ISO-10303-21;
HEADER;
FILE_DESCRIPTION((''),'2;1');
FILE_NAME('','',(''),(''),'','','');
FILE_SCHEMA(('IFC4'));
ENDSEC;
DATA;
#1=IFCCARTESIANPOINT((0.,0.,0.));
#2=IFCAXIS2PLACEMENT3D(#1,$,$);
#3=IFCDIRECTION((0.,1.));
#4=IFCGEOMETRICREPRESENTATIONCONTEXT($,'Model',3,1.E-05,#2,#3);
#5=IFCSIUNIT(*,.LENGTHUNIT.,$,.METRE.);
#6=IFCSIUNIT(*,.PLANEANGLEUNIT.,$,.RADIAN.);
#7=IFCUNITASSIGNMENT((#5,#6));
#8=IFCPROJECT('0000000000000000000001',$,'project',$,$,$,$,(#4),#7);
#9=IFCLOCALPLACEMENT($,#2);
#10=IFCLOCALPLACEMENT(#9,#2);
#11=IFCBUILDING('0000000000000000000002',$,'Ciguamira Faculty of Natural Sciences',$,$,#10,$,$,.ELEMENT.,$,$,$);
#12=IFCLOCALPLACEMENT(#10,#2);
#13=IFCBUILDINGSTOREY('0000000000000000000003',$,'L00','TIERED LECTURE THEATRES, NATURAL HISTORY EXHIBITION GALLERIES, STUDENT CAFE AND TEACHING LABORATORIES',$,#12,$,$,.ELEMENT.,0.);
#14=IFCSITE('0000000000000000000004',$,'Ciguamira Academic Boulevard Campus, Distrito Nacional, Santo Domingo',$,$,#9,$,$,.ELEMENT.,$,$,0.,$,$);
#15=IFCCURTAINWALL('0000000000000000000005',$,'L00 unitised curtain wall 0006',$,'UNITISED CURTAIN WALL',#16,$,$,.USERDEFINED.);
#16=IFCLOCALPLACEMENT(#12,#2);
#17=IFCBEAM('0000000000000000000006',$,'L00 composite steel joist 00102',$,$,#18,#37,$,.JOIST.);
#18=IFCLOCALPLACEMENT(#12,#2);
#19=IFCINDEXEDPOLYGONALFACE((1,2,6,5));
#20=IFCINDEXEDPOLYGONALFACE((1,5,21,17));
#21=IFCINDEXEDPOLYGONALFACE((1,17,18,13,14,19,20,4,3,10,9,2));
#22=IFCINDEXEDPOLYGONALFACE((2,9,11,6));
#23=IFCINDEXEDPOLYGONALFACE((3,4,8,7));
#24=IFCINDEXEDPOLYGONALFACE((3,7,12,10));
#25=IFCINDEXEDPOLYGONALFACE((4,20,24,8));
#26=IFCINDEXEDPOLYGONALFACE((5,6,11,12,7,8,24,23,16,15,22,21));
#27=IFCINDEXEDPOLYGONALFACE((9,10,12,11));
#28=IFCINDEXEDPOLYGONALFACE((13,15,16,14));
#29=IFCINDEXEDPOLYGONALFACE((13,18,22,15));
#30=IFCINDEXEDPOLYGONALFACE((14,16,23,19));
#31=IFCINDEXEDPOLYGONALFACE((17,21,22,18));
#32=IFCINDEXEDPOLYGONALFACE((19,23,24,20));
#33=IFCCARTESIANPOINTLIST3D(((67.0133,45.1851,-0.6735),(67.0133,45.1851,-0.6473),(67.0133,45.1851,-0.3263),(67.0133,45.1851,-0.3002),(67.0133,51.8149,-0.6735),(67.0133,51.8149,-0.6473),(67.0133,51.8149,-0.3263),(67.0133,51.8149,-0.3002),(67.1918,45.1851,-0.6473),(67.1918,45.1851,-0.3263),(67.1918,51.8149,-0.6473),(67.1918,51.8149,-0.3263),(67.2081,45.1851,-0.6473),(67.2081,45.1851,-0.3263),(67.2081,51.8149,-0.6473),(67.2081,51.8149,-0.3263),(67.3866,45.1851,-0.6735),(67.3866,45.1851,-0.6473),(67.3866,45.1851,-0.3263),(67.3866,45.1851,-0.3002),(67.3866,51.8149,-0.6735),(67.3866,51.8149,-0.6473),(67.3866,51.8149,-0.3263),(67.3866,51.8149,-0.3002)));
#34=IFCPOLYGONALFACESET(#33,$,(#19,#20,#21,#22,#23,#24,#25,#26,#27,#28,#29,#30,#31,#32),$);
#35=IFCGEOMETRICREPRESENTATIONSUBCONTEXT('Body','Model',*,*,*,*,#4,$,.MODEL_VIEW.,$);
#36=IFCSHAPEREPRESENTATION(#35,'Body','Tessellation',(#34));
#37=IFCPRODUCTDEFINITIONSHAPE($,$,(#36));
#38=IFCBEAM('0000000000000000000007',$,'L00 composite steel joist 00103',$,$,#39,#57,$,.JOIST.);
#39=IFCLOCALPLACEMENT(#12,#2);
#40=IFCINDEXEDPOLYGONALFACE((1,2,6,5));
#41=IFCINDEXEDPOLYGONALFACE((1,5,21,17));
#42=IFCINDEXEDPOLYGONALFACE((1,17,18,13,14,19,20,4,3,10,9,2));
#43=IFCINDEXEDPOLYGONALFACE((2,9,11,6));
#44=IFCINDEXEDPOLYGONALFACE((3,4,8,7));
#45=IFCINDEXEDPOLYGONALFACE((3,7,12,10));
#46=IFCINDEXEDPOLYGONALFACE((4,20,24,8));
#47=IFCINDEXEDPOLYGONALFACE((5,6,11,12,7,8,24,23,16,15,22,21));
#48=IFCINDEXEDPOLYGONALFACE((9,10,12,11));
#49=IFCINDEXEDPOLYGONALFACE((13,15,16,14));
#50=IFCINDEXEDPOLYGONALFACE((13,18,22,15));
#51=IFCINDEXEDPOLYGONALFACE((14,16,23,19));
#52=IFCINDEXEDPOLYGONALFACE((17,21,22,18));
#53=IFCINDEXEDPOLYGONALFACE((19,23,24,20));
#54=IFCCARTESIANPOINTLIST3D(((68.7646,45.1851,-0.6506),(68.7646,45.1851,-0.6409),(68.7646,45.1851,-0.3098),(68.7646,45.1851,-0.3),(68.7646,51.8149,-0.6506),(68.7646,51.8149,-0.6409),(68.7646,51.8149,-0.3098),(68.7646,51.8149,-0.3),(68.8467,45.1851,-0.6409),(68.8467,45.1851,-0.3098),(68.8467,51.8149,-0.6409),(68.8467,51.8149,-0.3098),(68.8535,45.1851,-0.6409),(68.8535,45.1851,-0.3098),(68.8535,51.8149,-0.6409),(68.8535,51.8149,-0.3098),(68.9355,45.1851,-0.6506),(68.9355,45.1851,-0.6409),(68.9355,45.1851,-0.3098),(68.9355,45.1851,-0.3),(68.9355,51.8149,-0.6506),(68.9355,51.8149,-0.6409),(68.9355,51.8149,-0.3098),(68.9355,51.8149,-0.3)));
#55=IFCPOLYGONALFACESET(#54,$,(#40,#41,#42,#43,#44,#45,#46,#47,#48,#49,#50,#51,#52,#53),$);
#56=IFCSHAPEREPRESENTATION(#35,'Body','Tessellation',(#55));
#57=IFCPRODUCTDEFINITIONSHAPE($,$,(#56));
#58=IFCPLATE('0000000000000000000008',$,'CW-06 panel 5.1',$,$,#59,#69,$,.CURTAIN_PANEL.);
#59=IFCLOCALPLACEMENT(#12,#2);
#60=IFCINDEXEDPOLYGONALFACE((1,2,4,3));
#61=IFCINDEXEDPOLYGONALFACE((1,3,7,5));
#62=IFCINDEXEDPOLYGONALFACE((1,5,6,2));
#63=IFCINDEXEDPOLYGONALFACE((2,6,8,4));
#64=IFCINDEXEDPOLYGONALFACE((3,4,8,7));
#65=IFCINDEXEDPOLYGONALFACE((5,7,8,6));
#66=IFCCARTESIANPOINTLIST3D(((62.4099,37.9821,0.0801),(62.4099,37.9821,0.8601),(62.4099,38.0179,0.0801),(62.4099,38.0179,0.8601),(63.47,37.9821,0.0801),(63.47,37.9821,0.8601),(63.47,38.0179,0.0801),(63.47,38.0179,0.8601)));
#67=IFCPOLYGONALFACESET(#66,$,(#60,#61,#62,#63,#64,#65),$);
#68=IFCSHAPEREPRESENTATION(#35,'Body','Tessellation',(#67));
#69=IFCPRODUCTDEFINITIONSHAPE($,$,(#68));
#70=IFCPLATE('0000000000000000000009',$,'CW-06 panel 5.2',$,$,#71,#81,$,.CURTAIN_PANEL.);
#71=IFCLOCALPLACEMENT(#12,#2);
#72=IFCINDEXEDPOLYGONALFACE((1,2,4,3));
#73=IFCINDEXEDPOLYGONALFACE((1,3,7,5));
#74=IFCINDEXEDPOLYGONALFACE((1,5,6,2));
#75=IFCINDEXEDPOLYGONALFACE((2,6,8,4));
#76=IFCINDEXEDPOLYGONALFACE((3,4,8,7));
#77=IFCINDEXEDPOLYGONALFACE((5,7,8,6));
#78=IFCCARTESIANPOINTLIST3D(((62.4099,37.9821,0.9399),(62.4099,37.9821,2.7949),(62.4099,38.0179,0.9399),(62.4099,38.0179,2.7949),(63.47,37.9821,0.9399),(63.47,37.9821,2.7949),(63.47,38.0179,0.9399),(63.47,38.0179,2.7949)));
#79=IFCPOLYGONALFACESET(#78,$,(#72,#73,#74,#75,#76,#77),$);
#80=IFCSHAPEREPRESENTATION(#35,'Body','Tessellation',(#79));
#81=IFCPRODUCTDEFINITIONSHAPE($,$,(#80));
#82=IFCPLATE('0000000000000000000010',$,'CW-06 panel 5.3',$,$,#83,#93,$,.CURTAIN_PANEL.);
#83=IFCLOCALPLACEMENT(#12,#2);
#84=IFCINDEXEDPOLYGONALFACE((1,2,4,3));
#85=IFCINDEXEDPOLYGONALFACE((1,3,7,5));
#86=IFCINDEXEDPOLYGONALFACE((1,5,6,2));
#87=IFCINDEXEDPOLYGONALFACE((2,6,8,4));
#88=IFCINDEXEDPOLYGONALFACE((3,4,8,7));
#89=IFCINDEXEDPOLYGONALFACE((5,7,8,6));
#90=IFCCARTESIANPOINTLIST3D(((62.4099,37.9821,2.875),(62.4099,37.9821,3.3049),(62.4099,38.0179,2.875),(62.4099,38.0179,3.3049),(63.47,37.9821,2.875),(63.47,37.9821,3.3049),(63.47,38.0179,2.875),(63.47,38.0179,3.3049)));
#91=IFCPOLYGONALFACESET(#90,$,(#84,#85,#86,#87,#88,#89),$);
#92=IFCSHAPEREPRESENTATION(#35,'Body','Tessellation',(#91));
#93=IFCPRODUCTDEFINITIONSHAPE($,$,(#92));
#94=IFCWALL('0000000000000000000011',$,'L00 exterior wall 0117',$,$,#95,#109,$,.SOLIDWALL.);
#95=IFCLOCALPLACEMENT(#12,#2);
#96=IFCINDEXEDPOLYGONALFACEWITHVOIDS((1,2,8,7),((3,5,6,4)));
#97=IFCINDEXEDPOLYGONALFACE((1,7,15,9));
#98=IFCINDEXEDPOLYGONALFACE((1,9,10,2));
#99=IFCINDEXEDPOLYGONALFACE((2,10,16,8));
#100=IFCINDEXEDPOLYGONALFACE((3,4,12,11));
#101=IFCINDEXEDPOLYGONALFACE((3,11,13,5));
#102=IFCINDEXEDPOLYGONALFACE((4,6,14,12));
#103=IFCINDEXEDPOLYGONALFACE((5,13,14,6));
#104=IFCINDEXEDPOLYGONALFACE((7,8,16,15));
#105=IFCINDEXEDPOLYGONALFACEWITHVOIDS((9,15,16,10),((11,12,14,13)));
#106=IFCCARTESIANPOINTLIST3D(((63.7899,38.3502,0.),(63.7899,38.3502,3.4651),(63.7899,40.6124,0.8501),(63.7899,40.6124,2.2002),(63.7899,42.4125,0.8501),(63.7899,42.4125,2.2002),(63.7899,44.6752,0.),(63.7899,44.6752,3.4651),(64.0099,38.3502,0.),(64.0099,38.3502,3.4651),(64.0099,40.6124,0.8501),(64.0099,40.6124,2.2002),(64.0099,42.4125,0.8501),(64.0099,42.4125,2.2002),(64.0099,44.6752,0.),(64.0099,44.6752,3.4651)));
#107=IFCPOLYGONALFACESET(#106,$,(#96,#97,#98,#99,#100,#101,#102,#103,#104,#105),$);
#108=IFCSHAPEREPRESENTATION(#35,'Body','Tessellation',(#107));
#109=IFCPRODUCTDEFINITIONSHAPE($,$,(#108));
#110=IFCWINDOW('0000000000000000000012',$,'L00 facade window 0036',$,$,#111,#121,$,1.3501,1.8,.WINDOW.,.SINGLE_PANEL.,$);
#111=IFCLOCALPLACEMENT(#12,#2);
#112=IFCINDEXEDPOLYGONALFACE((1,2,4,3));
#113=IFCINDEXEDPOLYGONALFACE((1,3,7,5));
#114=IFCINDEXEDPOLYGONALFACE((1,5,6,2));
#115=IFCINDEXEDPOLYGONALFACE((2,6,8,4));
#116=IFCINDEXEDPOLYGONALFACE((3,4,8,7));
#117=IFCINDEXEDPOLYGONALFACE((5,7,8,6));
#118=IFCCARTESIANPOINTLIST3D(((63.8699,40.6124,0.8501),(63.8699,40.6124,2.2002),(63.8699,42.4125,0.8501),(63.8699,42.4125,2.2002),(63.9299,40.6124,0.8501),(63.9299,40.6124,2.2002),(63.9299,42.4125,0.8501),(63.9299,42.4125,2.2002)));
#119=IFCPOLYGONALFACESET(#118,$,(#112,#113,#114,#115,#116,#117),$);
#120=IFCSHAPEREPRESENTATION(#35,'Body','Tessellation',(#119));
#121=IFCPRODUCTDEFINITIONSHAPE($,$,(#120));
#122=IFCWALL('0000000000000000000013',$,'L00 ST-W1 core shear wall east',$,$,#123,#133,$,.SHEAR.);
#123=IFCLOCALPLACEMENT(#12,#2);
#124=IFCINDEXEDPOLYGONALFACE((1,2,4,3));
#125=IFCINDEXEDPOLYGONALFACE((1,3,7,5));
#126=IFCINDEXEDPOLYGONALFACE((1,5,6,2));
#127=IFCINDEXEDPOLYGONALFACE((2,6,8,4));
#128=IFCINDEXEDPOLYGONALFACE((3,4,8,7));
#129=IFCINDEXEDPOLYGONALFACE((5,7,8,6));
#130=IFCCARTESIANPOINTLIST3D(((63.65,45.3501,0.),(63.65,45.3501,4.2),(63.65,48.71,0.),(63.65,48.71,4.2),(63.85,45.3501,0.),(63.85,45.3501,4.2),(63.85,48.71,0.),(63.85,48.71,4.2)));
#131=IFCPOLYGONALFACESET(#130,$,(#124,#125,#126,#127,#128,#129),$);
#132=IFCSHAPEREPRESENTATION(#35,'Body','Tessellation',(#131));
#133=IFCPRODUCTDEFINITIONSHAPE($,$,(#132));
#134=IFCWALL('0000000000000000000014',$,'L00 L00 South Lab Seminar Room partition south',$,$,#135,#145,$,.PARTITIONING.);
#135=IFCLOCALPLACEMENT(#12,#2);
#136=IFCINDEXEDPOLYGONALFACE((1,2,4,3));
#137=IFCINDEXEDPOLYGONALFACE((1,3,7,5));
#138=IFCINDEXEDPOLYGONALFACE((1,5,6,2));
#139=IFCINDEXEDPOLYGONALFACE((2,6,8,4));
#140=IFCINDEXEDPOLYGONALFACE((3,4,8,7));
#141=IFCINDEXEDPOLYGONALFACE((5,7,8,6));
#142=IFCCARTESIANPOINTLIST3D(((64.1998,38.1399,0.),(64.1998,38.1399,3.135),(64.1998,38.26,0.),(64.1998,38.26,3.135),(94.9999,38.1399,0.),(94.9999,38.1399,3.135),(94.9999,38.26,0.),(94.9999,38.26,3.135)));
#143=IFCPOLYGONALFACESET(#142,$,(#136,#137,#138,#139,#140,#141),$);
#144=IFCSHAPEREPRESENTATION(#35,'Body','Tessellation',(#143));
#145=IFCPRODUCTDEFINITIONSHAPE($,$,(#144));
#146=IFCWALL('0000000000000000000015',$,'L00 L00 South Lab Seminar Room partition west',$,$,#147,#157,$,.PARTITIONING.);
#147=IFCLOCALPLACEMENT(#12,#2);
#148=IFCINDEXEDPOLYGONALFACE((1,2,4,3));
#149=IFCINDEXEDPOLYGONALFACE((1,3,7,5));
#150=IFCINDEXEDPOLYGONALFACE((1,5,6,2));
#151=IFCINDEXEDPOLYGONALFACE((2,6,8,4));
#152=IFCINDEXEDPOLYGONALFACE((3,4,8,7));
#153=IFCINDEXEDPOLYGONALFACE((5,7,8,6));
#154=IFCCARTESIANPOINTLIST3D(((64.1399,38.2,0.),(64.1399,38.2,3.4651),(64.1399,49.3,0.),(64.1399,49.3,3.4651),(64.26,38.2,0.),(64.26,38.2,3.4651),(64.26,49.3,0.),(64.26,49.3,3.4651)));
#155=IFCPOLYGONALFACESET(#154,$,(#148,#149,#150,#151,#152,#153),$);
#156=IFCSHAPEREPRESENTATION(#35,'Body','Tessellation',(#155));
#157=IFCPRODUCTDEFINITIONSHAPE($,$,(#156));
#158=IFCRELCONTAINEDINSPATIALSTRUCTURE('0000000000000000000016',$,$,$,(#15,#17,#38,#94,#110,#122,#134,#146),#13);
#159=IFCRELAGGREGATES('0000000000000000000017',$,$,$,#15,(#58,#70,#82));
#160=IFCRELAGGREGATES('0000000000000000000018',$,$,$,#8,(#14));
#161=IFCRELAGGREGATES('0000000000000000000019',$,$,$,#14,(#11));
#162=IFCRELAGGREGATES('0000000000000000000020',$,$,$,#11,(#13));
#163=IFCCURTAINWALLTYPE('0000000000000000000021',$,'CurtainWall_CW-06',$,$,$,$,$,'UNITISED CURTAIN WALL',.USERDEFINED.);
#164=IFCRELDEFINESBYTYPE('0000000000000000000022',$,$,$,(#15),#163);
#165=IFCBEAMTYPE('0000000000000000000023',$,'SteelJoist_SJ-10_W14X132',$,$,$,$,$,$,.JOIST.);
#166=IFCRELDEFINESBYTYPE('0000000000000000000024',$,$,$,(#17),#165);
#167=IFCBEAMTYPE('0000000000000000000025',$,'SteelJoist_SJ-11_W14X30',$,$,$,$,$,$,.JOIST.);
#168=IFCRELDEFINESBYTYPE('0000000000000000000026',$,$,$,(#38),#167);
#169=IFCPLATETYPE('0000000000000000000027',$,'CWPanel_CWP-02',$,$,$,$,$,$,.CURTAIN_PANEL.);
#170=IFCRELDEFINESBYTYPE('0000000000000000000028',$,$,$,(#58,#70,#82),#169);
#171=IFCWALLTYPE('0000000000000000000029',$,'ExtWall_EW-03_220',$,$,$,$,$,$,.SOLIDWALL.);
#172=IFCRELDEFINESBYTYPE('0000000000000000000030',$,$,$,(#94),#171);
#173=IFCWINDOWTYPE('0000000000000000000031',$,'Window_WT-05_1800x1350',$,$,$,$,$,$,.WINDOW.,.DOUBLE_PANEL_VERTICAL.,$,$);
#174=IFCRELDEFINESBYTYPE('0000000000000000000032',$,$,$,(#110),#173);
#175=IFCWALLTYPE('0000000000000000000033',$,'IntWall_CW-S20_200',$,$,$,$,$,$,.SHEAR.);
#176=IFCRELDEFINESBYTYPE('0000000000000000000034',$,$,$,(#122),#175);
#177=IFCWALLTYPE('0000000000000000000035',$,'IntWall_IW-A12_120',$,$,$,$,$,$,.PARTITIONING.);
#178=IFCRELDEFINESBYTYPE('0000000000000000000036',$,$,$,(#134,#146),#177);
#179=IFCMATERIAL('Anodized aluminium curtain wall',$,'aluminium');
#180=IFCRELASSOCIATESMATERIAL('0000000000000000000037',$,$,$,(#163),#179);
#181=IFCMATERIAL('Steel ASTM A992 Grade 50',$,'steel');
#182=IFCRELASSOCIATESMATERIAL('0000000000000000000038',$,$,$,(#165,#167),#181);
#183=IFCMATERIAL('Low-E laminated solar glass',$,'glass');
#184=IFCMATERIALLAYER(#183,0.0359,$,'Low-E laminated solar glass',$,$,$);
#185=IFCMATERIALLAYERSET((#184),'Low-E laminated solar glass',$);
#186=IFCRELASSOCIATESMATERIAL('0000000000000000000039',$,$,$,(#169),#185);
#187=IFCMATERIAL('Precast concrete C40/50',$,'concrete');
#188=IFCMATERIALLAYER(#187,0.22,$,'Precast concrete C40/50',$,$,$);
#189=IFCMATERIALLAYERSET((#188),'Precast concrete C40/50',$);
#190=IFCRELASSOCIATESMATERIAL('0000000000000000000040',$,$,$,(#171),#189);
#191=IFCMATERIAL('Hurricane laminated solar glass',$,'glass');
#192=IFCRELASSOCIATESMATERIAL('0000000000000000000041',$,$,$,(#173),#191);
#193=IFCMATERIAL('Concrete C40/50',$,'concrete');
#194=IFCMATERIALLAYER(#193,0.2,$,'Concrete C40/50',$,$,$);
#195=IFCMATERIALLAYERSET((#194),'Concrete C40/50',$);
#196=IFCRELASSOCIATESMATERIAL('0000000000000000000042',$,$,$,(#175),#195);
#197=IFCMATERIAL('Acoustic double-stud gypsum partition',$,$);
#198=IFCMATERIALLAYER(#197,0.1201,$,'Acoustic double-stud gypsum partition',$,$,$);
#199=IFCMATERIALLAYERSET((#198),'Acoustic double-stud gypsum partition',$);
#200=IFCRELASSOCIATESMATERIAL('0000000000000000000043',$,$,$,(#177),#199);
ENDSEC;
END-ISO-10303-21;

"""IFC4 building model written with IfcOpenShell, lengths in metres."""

from ifc_helpers import new_model, si_unit, direction, frame, frame_2d, origin, origin_2d, place, context, subcontext, project, spatial, rectangle, i_section, extrude, material, layer, layer_set, material_profile, profile_set, type_object, element, fill, aggregate, save


model = new_model("IFC4")

# Units and contexts
model_context = context("Model", 3, precision=1e-05, world=origin(), true_north=direction((0.0, 1.0)))
body_context = subcontext(model_context, "Body", "Model", "MODEL_VIEW")
ifc_project = project(units=[si_unit("LENGTHUNIT", "METRE"), si_unit("PLANEANGLEUNIT", "RADIAN")], contexts=[model_context])

# Site, building, storey
site_placement = place(None, origin())
site = spatial("IfcSite", under=ifc_project, at=site_placement, Name="Ciguamira Academic Boulevard Campus, Distrito Nacional, Santo Domingo", CompositionType="ELEMENT", RefElevation=0.0)
building_placement = place(site_placement, origin())
building = spatial("IfcBuilding", under=site, at=building_placement, Name="Ciguamira Faculty of Natural Sciences", CompositionType="ELEMENT")
storey_placement = place(building_placement, origin())
storey = spatial("IfcBuildingStorey", under=building, at=storey_placement, Name="L00", Description="TIERED LECTURE THEATRES, NATURAL HISTORY EXHIBITION GALLERIES, STUDENT CAFE AND TEACHING LABORATORIES", CompositionType="ELEMENT", Elevation=0.0)

# Shared definitions
ifc_material_1 = material(Name="Concrete C40/50", Category="concrete")

# Curtain wall
ifc_material_2 = material(Name="Anodized aluminium curtain wall", Category="aluminium")
curtain_wall_type = type_object("IfcCurtainWallType", Name="CurtainWall_CW-06", ElementType="UNITISED CURTAIN WALL", PredefinedType="USERDEFINED", material=ifc_material_2)
curtain_wall_placement = place(storey_placement, origin())
curtain_wall = element("IfcCurtainWall", 1, at=curtain_wall_placement, inside=storey, type_object=curtain_wall_type, Name="L00 unitised curtain wall 0006", ObjectType="UNITISED CURTAIN WALL", PredefinedType="USERDEFINED")

# Beams
ifc_material_3 = material(Name="Precast concrete C40/50", Category="concrete")
ifc_material_4 = material(Name="Steel ASTM A992 Grade 50", Category="steel")
ifc_material_profile_1 = material_profile(ifc_material_4, i_section(OverallWidth=0.3733, OverallDepth=0.3733, WebThickness=0.0164, FlangeThickness=0.0261, at=origin_2d()), Name="W14X132")
ifc_profile_set_1 = profile_set([ifc_material_profile_1], Name="Steel ASTM A992 Grade 50")
beam_type_1 = type_object("IfcBeamType", Name="SteelJoist_SJ-10_W14X132", PredefinedType="JOIST", material=ifc_profile_set_1)
beam_1_placement = place(storey_placement, frame((67.2, 45.1851, -0.4868), z_axis=(0.0, 1.0, 0.0), x_axis=(-1.0, 0.0, 0.0)))
element("IfcBeam", 2, at=beam_1_placement, inside=storey, type_object=beam_type_1, Name="L00 composite steel joist 00102", PredefinedType="JOIST", context=body_context, shape_type="SweptSolid", body=[
    extrude(i_section(OverallWidth=0.3733, OverallDepth=0.3733, WebThickness=0.0164, FlangeThickness=0.0261, at=origin_2d()), origin(), (0.0, 0.0, 1.0), 6.6299),
])
ifc_material_profile_2 = material_profile(ifc_material_4, i_section(OverallWidth=0.1709, OverallDepth=0.3506, WebThickness=0.0068, FlangeThickness=0.0098, at=origin_2d()), Name="W14X30")
ifc_profile_set_2 = profile_set([ifc_material_profile_2], Name="Steel ASTM A992 Grade 50")
beam_type_2 = type_object("IfcBeamType", Name="SteelJoist_SJ-11_W14X30", PredefinedType="JOIST", material=ifc_profile_set_2)
beam_2_placement = place(storey_placement, frame((68.8501, 45.1851, -0.4753), z_axis=(0.0, 1.0, 0.0), x_axis=(-1.0, 0.0, 0.0)))
element("IfcBeam", 3, at=beam_2_placement, inside=storey, type_object=beam_type_2, Name="L00 composite steel joist 00103", PredefinedType="JOIST", context=body_context, shape_type="SweptSolid", body=[
    extrude(i_section(OverallWidth=0.1709, OverallDepth=0.3506, WebThickness=0.0068, FlangeThickness=0.0098, at=origin_2d()), origin(), (0.0, 0.0, 1.0), 6.6299),
])

# Plates
ifc_material_5 = material(Name="Low-E laminated solar glass", Category="glass")
ifc_layer_1 = layer(ifc_material_5, 0.0359, Name="Low-E laminated solar glass")
ifc_layer_set_1 = layer_set([ifc_layer_1], Name="Low-E laminated solar glass")
plate_type = type_object("IfcPlateType", Name="CWPanel_CWP-02", PredefinedType="CURTAIN_PANEL", material=ifc_layer_set_1)
plate_1_placement = place(storey_placement, frame((62.9399, 38.0, 0.0801), z_axis=(0.0, 0.0, 1.0), x_axis=(1.0, 0.0, 0.0)))
plate_1 = element("IfcPlate", 4, at=plate_1_placement, type_object=plate_type, Name="CW-06 panel 5.1", PredefinedType="CURTAIN_PANEL", context=body_context, shape_type="SweptSolid", body=[
    extrude(rectangle(XDim=1.0601, YDim=0.0359, at=origin_2d()), origin(), (0.0, 0.0, 1.0), 0.78),
])
plate_2_placement = place(storey_placement, frame((62.9399, 38.0, 0.9399), z_axis=(0.0, 0.0, 1.0), x_axis=(1.0, 0.0, 0.0)))
plate_2 = element("IfcPlate", 5, at=plate_2_placement, type_object=plate_type, Name="CW-06 panel 5.2", PredefinedType="CURTAIN_PANEL", context=body_context, shape_type="SweptSolid", body=[
    extrude(rectangle(XDim=1.0601, YDim=0.0359, at=origin_2d()), origin(), (0.0, 0.0, 1.0), 1.855),
])
plate_3_placement = place(storey_placement, frame((62.9399, 38.0, 2.875), z_axis=(0.0, 0.0, 1.0), x_axis=(1.0, 0.0, 0.0)))
plate_3 = element("IfcPlate", 6, at=plate_3_placement, type_object=plate_type, Name="CW-06 panel 5.3", PredefinedType="CURTAIN_PANEL", context=body_context, shape_type="SweptSolid", body=[
    extrude(rectangle(XDim=1.0601, YDim=0.0359, at=origin_2d()), origin(), (0.0, 0.0, 1.0), 0.4299),
])
aggregate(curtain_wall, [plate_1, plate_2, plate_3])

# Wall, opening, window
ifc_layer_2 = layer(ifc_material_3, 0.22, Name="Precast concrete C40/50")
ifc_layer_set_2 = layer_set([ifc_layer_2], Name="Precast concrete C40/50")
wall_type_1 = type_object("IfcWallType", Name="ExtWall_EW-03_220", PredefinedType="SOLIDWALL", material=ifc_layer_set_2)
wall_1_placement = place(storey_placement, frame((63.8999, 38.3501, 0.0), z_axis=(0.0, 0.0, 1.0), x_axis=(0.0, 1.0, 0.0)))
wall_1 = element("IfcWall", 7, at=wall_1_placement, inside=storey, type_object=wall_type_1, Name="L00 exterior wall 0117", PredefinedType="SOLIDWALL", context=body_context, shape_type="SweptSolid", body=[
    extrude(rectangle(XDim=6.325, YDim=0.22, at=frame_2d((3.1626, 0.0))), origin(), (0.0, 0.0, 1.0), 3.4651),
])
opening_placement = place(wall_1_placement, frame((2.2625, 0.0, 0.8501)))
opening = element("IfcOpeningElement", 8, at=opening_placement, cuts=wall_1, PredefinedType="OPENING", context=body_context, shape_type="SweptSolid", body=[
    extrude(rectangle(XDim=1.8, YDim=1.3501, at=frame_2d((0.8999, 0.675))), frame((0.0, 0.1199, 0.0), z_axis=(0.0, -1.0, 0.0), x_axis=(1.0, 0.0, 0.0)), (0.0, 0.0, 1.0), 0.24),
])
ifc_material_6 = material(Name="Hurricane laminated solar glass", Category="glass")
window_type = type_object("IfcWindowType", Name="Window_WT-05_1800x1350", PartitioningType="DOUBLE_PANEL_VERTICAL", PredefinedType="WINDOW", material=ifc_material_6)
window_placement = place(opening_placement, origin())
window = element("IfcWindow", 9, at=window_placement, inside=storey, type_object=window_type, Name="L00 facade window 0036", OverallHeight=1.3501, OverallWidth=1.8, PartitioningType="SINGLE_PANEL", PredefinedType="WINDOW", context=body_context, shape_type="SweptSolid", body=[
    extrude(rectangle(XDim=1.8, YDim=1.3501, at=frame_2d((0.8999, 0.675))), frame((0.0, 0.03, 0.0), z_axis=(0.0, -1.0, 0.0), x_axis=(1.0, 0.0, 0.0)), (0.0, 0.0, 1.0), 0.0601),
])
fill(opening, window)

# Walls
ifc_layer_3 = layer(ifc_material_1, 0.2, Name="Concrete C40/50")
ifc_layer_set_3 = layer_set([ifc_layer_3], Name="Concrete C40/50")
wall_type_2 = type_object("IfcWallType", Name="IntWall_CW-S20_200", PredefinedType="SHEAR", material=ifc_layer_set_3)
wall_2_placement = place(storey_placement, frame((63.75, 45.3501, 0.0), z_axis=(0.0, 0.0, 1.0), x_axis=(0.0, 1.0, 0.0)))
element("IfcWall", 10, at=wall_2_placement, inside=storey, type_object=wall_type_2, Name="L00 ST-W1 core shear wall east", PredefinedType="SHEAR", context=body_context, shape_type="SweptSolid", body=[
    extrude(rectangle(XDim=3.3599, YDim=0.2, at=frame_2d((1.6799, 0.0))), origin(), (0.0, 0.0, 1.0), 4.2),
])
ifc_material_7 = material(Name="Acoustic double-stud gypsum partition")
ifc_layer_4 = layer(ifc_material_7, 0.1201, Name="Acoustic double-stud gypsum partition")
ifc_layer_set_4 = layer_set([ifc_layer_4], Name="Acoustic double-stud gypsum partition")
wall_type_3 = type_object("IfcWallType", Name="IntWall_IW-A12_120", PredefinedType="PARTITIONING", material=ifc_layer_set_4)
wall_3_placement = place(storey_placement, frame((64.2, 38.2, 0.0), z_axis=(0.0, 0.0, 1.0), x_axis=(1.0, 0.0, 0.0)))
element("IfcWall", 11, at=wall_3_placement, inside=storey, type_object=wall_type_3, Name="L00 L00 South Lab Seminar Room partition south", PredefinedType="PARTITIONING", context=body_context, shape_type="SweptSolid", body=[
    extrude(rectangle(XDim=30.8, YDim=0.1201, at=frame_2d((15.3999, 0.0))), origin(), (0.0, 0.0, 1.0), 3.135),
])
wall_4_placement = place(storey_placement, frame((64.2, 38.2, 0.0), z_axis=(0.0, 0.0, 1.0), x_axis=(0.0, 1.0, 0.0)))
element("IfcWall", 12, at=wall_4_placement, inside=storey, type_object=wall_type_3, Name="L00 L00 South Lab Seminar Room partition west", PredefinedType="PARTITIONING", context=body_context, shape_type="SweptSolid", body=[
    extrude(rectangle(XDim=11.1001, YDim=0.1201, at=frame_2d((5.55, 0.0))), origin(), (0.0, 0.0, 1.0), 3.4651),
])

save(model, "model.ifc")
